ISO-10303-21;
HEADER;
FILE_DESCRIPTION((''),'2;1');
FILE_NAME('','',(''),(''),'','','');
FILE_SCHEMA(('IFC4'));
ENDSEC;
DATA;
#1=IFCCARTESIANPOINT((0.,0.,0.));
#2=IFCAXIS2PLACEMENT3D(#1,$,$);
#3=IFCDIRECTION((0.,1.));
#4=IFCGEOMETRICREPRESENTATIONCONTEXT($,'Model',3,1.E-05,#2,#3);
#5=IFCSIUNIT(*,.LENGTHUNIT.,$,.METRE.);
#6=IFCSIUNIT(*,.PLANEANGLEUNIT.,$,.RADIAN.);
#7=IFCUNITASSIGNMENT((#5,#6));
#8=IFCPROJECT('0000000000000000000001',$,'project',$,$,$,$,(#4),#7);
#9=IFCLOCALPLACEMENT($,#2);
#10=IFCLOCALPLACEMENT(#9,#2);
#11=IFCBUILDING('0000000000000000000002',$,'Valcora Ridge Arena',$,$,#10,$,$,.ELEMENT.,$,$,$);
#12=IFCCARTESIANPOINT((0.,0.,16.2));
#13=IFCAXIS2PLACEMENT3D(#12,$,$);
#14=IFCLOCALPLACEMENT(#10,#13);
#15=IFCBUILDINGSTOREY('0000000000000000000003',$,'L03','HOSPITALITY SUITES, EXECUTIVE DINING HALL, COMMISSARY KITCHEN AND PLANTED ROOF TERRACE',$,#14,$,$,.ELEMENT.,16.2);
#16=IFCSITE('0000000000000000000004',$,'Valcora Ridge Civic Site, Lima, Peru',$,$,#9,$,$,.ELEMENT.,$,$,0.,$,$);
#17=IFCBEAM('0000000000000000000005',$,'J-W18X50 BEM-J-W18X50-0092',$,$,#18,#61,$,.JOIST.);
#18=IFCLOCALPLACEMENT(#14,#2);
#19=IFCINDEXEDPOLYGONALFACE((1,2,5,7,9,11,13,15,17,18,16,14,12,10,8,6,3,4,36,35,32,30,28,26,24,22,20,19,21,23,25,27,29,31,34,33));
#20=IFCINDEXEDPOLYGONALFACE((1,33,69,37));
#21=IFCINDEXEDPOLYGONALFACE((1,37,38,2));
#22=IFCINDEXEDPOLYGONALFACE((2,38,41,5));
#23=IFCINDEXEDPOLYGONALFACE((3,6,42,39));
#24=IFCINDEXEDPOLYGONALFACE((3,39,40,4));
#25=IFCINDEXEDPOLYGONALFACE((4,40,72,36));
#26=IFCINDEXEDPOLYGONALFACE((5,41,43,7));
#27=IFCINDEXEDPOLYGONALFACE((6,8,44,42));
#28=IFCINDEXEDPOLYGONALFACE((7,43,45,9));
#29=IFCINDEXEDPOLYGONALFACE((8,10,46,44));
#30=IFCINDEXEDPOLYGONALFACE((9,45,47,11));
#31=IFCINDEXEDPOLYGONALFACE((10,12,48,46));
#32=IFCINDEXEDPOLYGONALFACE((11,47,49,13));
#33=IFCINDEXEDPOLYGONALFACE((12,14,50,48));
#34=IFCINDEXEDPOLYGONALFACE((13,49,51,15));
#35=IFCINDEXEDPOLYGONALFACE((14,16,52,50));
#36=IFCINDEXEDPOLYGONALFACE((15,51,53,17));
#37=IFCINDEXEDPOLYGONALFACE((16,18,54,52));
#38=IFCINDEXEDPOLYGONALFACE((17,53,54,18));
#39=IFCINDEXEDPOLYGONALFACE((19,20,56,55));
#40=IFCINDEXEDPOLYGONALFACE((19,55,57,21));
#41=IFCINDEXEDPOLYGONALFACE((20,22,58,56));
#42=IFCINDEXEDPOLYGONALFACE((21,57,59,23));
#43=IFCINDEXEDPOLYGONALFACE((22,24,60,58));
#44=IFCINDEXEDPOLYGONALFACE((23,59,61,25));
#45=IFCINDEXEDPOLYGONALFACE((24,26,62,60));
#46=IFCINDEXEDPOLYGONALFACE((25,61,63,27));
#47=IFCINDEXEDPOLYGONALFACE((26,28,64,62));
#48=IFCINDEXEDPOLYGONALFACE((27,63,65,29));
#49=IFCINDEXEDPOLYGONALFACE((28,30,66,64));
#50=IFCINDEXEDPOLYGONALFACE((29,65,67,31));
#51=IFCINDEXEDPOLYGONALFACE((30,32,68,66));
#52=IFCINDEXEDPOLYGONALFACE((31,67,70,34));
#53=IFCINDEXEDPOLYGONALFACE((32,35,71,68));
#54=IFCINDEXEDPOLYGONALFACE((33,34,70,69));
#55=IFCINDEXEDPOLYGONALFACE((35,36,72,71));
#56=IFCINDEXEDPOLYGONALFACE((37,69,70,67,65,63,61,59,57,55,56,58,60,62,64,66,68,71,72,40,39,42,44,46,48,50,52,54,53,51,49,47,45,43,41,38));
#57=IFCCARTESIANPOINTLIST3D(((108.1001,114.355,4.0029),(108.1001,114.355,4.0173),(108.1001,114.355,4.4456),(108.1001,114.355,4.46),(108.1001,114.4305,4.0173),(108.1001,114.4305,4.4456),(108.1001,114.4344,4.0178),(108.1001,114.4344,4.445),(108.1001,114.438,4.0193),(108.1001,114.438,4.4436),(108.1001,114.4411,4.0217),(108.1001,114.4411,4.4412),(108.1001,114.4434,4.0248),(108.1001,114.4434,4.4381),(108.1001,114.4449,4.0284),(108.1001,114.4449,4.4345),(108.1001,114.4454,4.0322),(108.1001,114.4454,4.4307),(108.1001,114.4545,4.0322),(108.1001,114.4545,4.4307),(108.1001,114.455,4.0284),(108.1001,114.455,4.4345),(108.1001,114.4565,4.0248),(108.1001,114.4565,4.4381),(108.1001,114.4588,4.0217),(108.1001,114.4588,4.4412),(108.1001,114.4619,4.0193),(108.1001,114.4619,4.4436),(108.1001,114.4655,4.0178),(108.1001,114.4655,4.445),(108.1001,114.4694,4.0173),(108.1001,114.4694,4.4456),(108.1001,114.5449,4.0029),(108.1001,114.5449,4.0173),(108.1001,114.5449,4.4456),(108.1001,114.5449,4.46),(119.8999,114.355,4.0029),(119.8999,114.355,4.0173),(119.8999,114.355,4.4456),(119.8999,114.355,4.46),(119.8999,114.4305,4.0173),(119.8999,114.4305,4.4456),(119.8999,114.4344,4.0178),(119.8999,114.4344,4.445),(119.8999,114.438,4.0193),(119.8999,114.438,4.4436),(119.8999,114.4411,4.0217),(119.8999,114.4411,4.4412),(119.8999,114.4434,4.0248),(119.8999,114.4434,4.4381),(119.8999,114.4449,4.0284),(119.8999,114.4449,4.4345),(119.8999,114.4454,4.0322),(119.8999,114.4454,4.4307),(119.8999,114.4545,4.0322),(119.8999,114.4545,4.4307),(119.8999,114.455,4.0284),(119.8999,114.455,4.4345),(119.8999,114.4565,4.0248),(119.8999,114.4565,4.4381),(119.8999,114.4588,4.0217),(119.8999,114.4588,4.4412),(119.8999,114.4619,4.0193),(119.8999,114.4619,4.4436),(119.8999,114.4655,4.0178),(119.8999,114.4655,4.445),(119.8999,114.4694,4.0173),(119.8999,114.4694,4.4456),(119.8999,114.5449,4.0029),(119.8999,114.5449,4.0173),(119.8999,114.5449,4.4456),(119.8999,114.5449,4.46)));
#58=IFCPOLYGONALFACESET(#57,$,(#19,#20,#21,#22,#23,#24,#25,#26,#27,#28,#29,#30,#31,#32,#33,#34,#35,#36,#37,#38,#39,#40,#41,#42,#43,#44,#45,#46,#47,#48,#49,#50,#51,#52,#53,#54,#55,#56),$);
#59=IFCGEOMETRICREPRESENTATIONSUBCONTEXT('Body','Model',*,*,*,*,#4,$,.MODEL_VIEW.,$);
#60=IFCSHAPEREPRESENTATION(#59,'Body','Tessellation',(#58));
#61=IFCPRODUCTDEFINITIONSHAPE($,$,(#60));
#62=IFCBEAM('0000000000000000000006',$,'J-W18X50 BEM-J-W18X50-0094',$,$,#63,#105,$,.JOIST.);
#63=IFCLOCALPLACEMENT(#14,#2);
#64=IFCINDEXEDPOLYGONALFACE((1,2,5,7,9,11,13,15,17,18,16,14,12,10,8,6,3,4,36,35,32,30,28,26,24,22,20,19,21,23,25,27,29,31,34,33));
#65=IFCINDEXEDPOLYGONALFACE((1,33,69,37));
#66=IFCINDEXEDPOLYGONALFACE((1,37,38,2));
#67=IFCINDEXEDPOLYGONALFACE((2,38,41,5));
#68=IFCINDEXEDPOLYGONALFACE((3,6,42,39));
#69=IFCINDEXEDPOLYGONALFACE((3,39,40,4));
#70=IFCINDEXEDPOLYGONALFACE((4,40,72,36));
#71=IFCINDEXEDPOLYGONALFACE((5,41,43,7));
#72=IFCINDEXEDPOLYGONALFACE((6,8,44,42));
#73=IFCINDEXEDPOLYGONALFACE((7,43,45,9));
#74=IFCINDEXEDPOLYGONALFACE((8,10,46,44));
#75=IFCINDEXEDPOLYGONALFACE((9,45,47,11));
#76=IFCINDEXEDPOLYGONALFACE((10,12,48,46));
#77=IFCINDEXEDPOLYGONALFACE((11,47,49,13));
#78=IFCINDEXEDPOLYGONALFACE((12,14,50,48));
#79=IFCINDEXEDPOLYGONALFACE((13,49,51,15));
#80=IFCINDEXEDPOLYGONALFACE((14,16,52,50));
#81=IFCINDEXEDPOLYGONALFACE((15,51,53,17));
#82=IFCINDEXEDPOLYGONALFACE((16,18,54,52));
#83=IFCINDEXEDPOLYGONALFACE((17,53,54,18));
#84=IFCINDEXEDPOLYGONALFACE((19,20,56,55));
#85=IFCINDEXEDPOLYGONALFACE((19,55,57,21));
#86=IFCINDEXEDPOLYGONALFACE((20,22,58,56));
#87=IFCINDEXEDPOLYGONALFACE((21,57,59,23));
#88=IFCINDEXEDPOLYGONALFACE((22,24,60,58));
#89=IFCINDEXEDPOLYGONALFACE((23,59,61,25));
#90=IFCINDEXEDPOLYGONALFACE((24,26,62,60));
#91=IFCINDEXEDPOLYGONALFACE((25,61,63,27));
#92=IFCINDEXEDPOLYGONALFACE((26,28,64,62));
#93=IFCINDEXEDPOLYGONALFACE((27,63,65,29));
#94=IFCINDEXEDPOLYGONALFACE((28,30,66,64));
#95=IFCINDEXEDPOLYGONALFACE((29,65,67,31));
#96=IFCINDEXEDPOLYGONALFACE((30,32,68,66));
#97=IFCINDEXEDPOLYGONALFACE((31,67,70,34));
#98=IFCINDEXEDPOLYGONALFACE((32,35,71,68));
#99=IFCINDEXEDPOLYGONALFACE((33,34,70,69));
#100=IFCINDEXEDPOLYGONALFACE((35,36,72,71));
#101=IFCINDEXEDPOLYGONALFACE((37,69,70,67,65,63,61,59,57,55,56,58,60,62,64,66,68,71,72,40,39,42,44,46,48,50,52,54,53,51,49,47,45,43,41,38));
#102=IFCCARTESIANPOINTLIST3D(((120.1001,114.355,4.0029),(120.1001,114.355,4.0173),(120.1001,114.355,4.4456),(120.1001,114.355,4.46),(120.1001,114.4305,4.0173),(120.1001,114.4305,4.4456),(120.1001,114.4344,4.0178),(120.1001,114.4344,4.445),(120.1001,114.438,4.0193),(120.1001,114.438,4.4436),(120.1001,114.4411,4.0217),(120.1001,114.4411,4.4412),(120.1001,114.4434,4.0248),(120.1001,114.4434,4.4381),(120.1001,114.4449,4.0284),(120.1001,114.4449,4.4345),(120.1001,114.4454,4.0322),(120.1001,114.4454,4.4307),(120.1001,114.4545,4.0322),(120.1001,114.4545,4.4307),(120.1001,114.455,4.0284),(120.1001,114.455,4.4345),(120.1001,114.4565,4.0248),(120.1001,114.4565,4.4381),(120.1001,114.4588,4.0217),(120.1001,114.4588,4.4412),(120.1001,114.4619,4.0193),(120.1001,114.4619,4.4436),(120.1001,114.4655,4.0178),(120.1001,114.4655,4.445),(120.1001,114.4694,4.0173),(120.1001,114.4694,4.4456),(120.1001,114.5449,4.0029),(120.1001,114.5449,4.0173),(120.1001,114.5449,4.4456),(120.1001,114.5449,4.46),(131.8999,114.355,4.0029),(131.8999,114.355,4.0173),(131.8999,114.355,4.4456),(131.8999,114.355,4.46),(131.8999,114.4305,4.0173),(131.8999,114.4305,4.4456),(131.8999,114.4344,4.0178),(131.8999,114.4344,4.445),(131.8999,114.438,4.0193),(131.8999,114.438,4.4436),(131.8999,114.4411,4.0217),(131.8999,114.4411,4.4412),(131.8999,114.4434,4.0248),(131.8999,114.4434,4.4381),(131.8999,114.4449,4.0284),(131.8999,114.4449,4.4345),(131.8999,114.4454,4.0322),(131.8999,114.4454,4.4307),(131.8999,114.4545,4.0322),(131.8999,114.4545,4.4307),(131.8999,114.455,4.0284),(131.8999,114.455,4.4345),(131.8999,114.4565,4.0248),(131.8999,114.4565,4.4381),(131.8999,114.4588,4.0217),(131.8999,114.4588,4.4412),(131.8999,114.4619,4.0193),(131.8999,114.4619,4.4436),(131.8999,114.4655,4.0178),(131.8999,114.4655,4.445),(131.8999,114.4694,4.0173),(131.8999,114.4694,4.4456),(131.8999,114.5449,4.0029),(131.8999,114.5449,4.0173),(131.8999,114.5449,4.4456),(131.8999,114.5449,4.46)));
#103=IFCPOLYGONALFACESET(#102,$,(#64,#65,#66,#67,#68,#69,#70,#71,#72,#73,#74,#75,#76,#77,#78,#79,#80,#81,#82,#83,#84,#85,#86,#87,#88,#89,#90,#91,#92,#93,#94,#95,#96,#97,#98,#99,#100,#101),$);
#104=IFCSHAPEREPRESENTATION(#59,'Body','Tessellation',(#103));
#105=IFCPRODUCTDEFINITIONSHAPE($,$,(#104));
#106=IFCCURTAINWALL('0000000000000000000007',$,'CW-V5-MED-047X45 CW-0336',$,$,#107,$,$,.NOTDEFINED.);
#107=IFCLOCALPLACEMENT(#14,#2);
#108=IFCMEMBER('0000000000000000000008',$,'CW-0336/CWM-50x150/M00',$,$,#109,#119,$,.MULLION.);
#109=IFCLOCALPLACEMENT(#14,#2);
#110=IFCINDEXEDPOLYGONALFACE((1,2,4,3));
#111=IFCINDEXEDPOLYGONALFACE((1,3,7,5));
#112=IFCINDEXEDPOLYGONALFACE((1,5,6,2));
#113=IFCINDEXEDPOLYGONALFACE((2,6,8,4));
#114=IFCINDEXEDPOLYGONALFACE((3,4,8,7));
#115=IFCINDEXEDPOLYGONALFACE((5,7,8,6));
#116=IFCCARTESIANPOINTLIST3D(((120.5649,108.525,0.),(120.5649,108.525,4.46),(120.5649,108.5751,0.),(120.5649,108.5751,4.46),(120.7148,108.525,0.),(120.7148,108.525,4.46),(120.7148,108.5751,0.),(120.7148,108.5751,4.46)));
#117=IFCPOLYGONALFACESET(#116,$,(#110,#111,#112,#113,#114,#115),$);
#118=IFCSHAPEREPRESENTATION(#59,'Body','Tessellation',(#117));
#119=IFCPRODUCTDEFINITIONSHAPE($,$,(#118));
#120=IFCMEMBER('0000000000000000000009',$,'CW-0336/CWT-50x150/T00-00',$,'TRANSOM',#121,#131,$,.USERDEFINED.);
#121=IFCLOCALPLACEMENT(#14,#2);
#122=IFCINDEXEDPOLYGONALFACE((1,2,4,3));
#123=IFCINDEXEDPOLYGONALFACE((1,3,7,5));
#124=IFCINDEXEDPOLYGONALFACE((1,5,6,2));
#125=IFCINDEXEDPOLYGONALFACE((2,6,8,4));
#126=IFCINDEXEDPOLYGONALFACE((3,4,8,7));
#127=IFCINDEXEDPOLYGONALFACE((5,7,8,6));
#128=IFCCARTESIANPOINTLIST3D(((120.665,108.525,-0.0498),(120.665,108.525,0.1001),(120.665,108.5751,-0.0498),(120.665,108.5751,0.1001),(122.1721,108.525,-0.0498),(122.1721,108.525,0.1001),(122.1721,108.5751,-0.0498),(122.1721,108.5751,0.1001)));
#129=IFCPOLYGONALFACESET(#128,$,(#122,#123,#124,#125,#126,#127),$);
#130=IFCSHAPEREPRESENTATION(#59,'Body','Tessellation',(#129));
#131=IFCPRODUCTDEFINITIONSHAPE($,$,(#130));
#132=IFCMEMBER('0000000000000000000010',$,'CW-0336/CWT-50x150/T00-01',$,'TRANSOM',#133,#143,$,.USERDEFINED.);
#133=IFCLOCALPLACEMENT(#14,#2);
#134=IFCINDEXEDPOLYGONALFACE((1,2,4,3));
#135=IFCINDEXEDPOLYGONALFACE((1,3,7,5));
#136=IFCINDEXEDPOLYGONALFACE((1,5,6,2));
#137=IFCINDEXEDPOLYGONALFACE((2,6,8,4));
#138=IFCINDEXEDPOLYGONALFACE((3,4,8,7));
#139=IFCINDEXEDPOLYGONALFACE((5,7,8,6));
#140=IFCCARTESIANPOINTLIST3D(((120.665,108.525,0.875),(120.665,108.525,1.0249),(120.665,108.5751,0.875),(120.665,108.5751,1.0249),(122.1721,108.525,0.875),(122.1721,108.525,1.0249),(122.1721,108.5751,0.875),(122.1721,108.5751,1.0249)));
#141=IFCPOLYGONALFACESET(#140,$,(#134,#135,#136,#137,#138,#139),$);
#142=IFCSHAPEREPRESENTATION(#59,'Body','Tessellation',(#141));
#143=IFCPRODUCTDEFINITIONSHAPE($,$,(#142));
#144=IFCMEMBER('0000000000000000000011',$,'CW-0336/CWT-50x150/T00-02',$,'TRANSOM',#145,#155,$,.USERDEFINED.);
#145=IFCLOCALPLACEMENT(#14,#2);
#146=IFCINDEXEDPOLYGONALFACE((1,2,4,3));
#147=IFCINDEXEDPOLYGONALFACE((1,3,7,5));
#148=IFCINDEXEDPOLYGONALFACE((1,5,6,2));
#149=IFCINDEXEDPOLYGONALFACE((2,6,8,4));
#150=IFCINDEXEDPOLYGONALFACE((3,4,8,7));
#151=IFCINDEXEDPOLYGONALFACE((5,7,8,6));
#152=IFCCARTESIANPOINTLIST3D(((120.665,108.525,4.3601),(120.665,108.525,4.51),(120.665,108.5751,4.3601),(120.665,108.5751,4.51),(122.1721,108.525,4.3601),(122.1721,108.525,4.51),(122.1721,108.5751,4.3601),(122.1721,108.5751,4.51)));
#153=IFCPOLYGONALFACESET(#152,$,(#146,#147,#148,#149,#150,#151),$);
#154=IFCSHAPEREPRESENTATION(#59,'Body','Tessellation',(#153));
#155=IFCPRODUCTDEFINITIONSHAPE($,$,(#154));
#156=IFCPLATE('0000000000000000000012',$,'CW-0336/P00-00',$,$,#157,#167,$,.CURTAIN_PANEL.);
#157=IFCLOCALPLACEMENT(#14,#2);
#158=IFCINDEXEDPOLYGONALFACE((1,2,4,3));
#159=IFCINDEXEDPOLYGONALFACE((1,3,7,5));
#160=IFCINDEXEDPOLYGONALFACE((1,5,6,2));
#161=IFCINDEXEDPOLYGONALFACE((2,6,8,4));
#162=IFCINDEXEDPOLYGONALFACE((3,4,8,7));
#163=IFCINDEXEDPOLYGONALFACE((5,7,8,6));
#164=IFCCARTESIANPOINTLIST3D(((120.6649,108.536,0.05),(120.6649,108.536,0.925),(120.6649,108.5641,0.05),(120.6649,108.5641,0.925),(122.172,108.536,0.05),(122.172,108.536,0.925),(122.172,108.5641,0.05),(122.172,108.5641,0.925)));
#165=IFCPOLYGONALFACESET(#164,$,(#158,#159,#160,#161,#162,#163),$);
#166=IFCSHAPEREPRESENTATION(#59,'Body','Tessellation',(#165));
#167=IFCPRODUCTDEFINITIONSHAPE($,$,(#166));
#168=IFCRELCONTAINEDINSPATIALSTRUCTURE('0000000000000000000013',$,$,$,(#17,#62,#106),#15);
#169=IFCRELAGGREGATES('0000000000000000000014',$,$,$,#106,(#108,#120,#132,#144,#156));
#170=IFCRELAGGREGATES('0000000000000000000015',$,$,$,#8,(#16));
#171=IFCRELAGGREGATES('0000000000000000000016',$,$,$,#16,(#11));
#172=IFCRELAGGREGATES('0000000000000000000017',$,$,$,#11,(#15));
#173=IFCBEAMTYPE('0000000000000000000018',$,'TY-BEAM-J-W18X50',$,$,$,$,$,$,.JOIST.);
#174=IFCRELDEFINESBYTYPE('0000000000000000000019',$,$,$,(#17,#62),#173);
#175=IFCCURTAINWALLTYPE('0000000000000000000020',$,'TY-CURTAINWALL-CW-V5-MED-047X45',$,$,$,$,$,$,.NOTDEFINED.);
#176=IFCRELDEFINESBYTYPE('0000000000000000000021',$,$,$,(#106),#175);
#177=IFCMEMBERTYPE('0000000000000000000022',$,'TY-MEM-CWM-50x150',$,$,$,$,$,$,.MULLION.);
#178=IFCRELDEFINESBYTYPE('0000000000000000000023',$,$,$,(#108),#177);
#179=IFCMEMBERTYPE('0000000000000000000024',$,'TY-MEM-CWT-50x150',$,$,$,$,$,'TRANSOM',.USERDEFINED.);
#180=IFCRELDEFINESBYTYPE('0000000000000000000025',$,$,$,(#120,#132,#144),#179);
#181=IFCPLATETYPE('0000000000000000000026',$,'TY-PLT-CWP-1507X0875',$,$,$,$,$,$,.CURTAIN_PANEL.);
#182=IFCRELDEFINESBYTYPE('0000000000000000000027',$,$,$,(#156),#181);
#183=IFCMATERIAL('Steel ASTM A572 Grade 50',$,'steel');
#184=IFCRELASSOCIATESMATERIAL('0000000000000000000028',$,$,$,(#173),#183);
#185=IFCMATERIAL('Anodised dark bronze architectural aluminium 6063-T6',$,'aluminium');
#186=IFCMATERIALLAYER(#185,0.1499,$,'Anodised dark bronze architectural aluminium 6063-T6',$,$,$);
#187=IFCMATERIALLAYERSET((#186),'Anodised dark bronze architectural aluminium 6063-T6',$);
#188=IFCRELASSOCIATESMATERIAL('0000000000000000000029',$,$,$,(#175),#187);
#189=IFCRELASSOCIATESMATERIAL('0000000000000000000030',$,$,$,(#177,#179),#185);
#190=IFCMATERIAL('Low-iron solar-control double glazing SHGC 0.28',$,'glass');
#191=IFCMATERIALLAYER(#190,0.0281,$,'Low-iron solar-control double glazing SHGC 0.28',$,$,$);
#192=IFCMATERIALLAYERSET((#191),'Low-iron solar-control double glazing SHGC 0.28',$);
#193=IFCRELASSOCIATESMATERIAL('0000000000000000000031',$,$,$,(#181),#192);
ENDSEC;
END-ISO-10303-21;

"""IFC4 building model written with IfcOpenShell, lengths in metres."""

from ifc_helpers import new_model, si_unit, direction, frame, origin, origin_2d, place, context, subcontext, project, spatial, rectangle, i_section, extrude, material, layer, layer_set, material_profile, profile_set, type_object, element, aggregate, save


model = new_model("IFC4")

# Units and contexts
model_context = context("Model", 3, precision=1e-05, world=origin(), true_north=direction((0.0, 1.0)))
body_context = subcontext(model_context, "Body", "Model", "MODEL_VIEW")
ifc_project = project(units=[si_unit("LENGTHUNIT", "METRE"), si_unit("PLANEANGLEUNIT", "RADIAN")], contexts=[model_context])

# Site, building, storey
site_placement = place(None, origin())
site = spatial("IfcSite", under=ifc_project, at=site_placement, Name="Valcora Ridge Civic Site, Lima, Peru", CompositionType="ELEMENT", RefElevation=0.0)
building_placement = place(site_placement, origin())
building = spatial("IfcBuilding", under=site, at=building_placement, Name="Valcora Ridge Arena", CompositionType="ELEMENT")
storey_placement = place(building_placement, frame((0.0, 0.0, 16.2)))
storey = spatial("IfcBuildingStorey", under=building, at=storey_placement, Name="L03", Description="HOSPITALITY SUITES, EXECUTIVE DINING HALL, COMMISSARY KITCHEN AND PLANTED ROOF TERRACE", CompositionType="ELEMENT", Elevation=16.2)

# Beams
ifc_material_1 = material(Name="Steel ASTM A572 Grade 50", Category="steel")
ifc_material_profile_1 = material_profile(ifc_material_1, i_section(OverallWidth=0.1899, OverallDepth=0.457, WebThickness=0.009, FlangeThickness=0.0144, FilletRadius=0.0149, at=origin_2d()), Name="W18X50")
ifc_profile_set_1 = profile_set([ifc_material_profile_1], Name="Steel ASTM A572 Grade 50")
beam_type_1 = type_object("IfcBeamType", Name="TY-BEAM-J-W18X50", PredefinedType="JOIST", material=ifc_profile_set_1)
for number, where, z_axis, x_axis, name in (
    (1, (108.1001, 114.45, 4.2314), (1.0, 0.0, 0.0), (0.0, 1.0, 0.0), "J-W18X50 BEM-J-W18X50-0092"),
    (2, (120.1001, 114.45, 4.2314), (1.0, 0.0, 0.0), (0.0, 1.0, 0.0), "J-W18X50 BEM-J-W18X50-0094"),
):
    element("IfcBeam", number, at=place(storey_placement, frame(where, z_axis=z_axis, x_axis=x_axis)), inside=storey, type_object=beam_type_1, Name=name, PredefinedType="JOIST", context=body_context, shape_type="SweptSolid", body=[
        extrude(i_section(OverallWidth=0.1899, OverallDepth=0.457, WebThickness=0.009, FlangeThickness=0.0144, FilletRadius=0.0149, at=origin_2d()), origin(), (0.0, 0.0, 1.0), 11.7998),
    ])

# Curtain wall, members, plate
ifc_material_2 = material(Name="Anodised dark bronze architectural aluminium 6063-T6", Category="aluminium")
ifc_layer_1 = layer(ifc_material_2, 0.1499, Name="Anodised dark bronze architectural aluminium 6063-T6")
ifc_layer_set_1 = layer_set([ifc_layer_1], Name="Anodised dark bronze architectural aluminium 6063-T6")
curtain_wall_type = type_object("IfcCurtainWallType", Name="TY-CURTAINWALL-CW-V5-MED-047X45", PredefinedType="NOTDEFINED", material=ifc_layer_set_1)
curtain_wall_placement = place(storey_placement, origin())
curtain_wall = element("IfcCurtainWall", 3, at=curtain_wall_placement, inside=storey, type_object=curtain_wall_type, Name="CW-V5-MED-047X45 CW-0336", PredefinedType="NOTDEFINED")
ifc_material_profile_2 = material_profile(ifc_material_2, rectangle(XDim=0.05, YDim=0.1499, at=origin_2d()), Name="ALU MULLION 50x150")
ifc_profile_set_2 = profile_set([ifc_material_profile_2], Name="Anodised dark bronze architectural aluminium 6063-T6")
member_type_1 = type_object("IfcMemberType", Name="TY-MEM-CWM-50x150", PredefinedType="MULLION", material=ifc_profile_set_2)
member_1_placement = place(storey_placement, frame((120.6399, 108.55, 0.0), z_axis=(0.0, 0.0, 1.0), x_axis=(0.0, 1.0, 0.0)))
member_1 = element("IfcMember", 4, at=member_1_placement, type_object=member_type_1, Name="CW-0336/CWM-50x150/M00", PredefinedType="MULLION", context=body_context, shape_type="SweptSolid", body=[
    extrude(rectangle(XDim=0.05, YDim=0.1499, at=origin_2d()), origin(), (0.0, 0.0, 1.0), 4.46),
])
ifc_material_profile_3 = material_profile(ifc_material_2, rectangle(XDim=0.05, YDim=0.1499, at=origin_2d()), Name="ALU TRANSOM 50x150")
ifc_profile_set_3 = profile_set([ifc_material_profile_3], Name="Anodised dark bronze architectural aluminium 6063-T6")
member_type_2 = type_object("IfcMemberType", Name="TY-MEM-CWT-50x150", ElementType="TRANSOM", PredefinedType="USERDEFINED", material=ifc_profile_set_3)
member_2_placement = place(storey_placement, frame((120.665, 108.55, 0.0251), z_axis=(1.0, 0.0, 0.0), x_axis=(0.0, 1.0, 0.0)))
member_2 = element("IfcMember", 5, at=member_2_placement, type_object=member_type_2, Name="CW-0336/CWT-50x150/T00-00", ObjectType="TRANSOM", PredefinedType="USERDEFINED", context=body_context, shape_type="SweptSolid", body=[
    extrude(rectangle(XDim=0.05, YDim=0.1499, at=origin_2d()), origin(), (0.0, 0.0, 1.0), 1.5071),
])
member_3_placement = place(storey_placement, frame((120.665, 108.55, 0.95), z_axis=(1.0, 0.0, 0.0), x_axis=(0.0, 1.0, 0.0)))
member_3 = element("IfcMember", 6, at=member_3_placement, type_object=member_type_2, Name="CW-0336/CWT-50x150/T00-01", ObjectType="TRANSOM", PredefinedType="USERDEFINED", context=body_context, shape_type="SweptSolid", body=[
    extrude(rectangle(XDim=0.05, YDim=0.1499, at=origin_2d()), origin(), (0.0, 0.0, 1.0), 1.5071),
])
member_4_placement = place(storey_placement, frame((120.665, 108.55, 4.4351), z_axis=(1.0, 0.0, 0.0), x_axis=(0.0, 1.0, 0.0)))
member_4 = element("IfcMember", 7, at=member_4_placement, type_object=member_type_2, Name="CW-0336/CWT-50x150/T00-02", ObjectType="TRANSOM", PredefinedType="USERDEFINED", context=body_context, shape_type="SweptSolid", body=[
    extrude(rectangle(XDim=0.05, YDim=0.1499, at=origin_2d()), origin(), (0.0, 0.0, 1.0), 1.5071),
])
ifc_material_3 = material(Name="Low-iron solar-control double glazing SHGC 0.28", Category="glass")
ifc_layer_2 = layer(ifc_material_3, 0.0281, Name="Low-iron solar-control double glazing SHGC 0.28")
ifc_layer_set_2 = layer_set([ifc_layer_2], Name="Low-iron solar-control double glazing SHGC 0.28")
plate_type = type_object("IfcPlateType", Name="TY-PLT-CWP-1507X0875", PredefinedType="CURTAIN_PANEL", material=ifc_layer_set_2)
plate_placement = place(storey_placement, frame((121.4185, 108.55, 0.05), z_axis=(0.0, 0.0, 1.0), x_axis=(1.0, 0.0, 0.0)))
plate = element("IfcPlate", 8, at=plate_placement, type_object=plate_type, Name="CW-0336/P00-00", PredefinedType="CURTAIN_PANEL", context=body_context, shape_type="SweptSolid", body=[
    extrude(rectangle(XDim=1.5071, YDim=0.0281, at=origin_2d()), origin(), (0.0, 0.0, 1.0), 0.875),
])
aggregate(curtain_wall, [member_1, member_2, member_3, member_4, plate])

save(model, "model.ifc")
